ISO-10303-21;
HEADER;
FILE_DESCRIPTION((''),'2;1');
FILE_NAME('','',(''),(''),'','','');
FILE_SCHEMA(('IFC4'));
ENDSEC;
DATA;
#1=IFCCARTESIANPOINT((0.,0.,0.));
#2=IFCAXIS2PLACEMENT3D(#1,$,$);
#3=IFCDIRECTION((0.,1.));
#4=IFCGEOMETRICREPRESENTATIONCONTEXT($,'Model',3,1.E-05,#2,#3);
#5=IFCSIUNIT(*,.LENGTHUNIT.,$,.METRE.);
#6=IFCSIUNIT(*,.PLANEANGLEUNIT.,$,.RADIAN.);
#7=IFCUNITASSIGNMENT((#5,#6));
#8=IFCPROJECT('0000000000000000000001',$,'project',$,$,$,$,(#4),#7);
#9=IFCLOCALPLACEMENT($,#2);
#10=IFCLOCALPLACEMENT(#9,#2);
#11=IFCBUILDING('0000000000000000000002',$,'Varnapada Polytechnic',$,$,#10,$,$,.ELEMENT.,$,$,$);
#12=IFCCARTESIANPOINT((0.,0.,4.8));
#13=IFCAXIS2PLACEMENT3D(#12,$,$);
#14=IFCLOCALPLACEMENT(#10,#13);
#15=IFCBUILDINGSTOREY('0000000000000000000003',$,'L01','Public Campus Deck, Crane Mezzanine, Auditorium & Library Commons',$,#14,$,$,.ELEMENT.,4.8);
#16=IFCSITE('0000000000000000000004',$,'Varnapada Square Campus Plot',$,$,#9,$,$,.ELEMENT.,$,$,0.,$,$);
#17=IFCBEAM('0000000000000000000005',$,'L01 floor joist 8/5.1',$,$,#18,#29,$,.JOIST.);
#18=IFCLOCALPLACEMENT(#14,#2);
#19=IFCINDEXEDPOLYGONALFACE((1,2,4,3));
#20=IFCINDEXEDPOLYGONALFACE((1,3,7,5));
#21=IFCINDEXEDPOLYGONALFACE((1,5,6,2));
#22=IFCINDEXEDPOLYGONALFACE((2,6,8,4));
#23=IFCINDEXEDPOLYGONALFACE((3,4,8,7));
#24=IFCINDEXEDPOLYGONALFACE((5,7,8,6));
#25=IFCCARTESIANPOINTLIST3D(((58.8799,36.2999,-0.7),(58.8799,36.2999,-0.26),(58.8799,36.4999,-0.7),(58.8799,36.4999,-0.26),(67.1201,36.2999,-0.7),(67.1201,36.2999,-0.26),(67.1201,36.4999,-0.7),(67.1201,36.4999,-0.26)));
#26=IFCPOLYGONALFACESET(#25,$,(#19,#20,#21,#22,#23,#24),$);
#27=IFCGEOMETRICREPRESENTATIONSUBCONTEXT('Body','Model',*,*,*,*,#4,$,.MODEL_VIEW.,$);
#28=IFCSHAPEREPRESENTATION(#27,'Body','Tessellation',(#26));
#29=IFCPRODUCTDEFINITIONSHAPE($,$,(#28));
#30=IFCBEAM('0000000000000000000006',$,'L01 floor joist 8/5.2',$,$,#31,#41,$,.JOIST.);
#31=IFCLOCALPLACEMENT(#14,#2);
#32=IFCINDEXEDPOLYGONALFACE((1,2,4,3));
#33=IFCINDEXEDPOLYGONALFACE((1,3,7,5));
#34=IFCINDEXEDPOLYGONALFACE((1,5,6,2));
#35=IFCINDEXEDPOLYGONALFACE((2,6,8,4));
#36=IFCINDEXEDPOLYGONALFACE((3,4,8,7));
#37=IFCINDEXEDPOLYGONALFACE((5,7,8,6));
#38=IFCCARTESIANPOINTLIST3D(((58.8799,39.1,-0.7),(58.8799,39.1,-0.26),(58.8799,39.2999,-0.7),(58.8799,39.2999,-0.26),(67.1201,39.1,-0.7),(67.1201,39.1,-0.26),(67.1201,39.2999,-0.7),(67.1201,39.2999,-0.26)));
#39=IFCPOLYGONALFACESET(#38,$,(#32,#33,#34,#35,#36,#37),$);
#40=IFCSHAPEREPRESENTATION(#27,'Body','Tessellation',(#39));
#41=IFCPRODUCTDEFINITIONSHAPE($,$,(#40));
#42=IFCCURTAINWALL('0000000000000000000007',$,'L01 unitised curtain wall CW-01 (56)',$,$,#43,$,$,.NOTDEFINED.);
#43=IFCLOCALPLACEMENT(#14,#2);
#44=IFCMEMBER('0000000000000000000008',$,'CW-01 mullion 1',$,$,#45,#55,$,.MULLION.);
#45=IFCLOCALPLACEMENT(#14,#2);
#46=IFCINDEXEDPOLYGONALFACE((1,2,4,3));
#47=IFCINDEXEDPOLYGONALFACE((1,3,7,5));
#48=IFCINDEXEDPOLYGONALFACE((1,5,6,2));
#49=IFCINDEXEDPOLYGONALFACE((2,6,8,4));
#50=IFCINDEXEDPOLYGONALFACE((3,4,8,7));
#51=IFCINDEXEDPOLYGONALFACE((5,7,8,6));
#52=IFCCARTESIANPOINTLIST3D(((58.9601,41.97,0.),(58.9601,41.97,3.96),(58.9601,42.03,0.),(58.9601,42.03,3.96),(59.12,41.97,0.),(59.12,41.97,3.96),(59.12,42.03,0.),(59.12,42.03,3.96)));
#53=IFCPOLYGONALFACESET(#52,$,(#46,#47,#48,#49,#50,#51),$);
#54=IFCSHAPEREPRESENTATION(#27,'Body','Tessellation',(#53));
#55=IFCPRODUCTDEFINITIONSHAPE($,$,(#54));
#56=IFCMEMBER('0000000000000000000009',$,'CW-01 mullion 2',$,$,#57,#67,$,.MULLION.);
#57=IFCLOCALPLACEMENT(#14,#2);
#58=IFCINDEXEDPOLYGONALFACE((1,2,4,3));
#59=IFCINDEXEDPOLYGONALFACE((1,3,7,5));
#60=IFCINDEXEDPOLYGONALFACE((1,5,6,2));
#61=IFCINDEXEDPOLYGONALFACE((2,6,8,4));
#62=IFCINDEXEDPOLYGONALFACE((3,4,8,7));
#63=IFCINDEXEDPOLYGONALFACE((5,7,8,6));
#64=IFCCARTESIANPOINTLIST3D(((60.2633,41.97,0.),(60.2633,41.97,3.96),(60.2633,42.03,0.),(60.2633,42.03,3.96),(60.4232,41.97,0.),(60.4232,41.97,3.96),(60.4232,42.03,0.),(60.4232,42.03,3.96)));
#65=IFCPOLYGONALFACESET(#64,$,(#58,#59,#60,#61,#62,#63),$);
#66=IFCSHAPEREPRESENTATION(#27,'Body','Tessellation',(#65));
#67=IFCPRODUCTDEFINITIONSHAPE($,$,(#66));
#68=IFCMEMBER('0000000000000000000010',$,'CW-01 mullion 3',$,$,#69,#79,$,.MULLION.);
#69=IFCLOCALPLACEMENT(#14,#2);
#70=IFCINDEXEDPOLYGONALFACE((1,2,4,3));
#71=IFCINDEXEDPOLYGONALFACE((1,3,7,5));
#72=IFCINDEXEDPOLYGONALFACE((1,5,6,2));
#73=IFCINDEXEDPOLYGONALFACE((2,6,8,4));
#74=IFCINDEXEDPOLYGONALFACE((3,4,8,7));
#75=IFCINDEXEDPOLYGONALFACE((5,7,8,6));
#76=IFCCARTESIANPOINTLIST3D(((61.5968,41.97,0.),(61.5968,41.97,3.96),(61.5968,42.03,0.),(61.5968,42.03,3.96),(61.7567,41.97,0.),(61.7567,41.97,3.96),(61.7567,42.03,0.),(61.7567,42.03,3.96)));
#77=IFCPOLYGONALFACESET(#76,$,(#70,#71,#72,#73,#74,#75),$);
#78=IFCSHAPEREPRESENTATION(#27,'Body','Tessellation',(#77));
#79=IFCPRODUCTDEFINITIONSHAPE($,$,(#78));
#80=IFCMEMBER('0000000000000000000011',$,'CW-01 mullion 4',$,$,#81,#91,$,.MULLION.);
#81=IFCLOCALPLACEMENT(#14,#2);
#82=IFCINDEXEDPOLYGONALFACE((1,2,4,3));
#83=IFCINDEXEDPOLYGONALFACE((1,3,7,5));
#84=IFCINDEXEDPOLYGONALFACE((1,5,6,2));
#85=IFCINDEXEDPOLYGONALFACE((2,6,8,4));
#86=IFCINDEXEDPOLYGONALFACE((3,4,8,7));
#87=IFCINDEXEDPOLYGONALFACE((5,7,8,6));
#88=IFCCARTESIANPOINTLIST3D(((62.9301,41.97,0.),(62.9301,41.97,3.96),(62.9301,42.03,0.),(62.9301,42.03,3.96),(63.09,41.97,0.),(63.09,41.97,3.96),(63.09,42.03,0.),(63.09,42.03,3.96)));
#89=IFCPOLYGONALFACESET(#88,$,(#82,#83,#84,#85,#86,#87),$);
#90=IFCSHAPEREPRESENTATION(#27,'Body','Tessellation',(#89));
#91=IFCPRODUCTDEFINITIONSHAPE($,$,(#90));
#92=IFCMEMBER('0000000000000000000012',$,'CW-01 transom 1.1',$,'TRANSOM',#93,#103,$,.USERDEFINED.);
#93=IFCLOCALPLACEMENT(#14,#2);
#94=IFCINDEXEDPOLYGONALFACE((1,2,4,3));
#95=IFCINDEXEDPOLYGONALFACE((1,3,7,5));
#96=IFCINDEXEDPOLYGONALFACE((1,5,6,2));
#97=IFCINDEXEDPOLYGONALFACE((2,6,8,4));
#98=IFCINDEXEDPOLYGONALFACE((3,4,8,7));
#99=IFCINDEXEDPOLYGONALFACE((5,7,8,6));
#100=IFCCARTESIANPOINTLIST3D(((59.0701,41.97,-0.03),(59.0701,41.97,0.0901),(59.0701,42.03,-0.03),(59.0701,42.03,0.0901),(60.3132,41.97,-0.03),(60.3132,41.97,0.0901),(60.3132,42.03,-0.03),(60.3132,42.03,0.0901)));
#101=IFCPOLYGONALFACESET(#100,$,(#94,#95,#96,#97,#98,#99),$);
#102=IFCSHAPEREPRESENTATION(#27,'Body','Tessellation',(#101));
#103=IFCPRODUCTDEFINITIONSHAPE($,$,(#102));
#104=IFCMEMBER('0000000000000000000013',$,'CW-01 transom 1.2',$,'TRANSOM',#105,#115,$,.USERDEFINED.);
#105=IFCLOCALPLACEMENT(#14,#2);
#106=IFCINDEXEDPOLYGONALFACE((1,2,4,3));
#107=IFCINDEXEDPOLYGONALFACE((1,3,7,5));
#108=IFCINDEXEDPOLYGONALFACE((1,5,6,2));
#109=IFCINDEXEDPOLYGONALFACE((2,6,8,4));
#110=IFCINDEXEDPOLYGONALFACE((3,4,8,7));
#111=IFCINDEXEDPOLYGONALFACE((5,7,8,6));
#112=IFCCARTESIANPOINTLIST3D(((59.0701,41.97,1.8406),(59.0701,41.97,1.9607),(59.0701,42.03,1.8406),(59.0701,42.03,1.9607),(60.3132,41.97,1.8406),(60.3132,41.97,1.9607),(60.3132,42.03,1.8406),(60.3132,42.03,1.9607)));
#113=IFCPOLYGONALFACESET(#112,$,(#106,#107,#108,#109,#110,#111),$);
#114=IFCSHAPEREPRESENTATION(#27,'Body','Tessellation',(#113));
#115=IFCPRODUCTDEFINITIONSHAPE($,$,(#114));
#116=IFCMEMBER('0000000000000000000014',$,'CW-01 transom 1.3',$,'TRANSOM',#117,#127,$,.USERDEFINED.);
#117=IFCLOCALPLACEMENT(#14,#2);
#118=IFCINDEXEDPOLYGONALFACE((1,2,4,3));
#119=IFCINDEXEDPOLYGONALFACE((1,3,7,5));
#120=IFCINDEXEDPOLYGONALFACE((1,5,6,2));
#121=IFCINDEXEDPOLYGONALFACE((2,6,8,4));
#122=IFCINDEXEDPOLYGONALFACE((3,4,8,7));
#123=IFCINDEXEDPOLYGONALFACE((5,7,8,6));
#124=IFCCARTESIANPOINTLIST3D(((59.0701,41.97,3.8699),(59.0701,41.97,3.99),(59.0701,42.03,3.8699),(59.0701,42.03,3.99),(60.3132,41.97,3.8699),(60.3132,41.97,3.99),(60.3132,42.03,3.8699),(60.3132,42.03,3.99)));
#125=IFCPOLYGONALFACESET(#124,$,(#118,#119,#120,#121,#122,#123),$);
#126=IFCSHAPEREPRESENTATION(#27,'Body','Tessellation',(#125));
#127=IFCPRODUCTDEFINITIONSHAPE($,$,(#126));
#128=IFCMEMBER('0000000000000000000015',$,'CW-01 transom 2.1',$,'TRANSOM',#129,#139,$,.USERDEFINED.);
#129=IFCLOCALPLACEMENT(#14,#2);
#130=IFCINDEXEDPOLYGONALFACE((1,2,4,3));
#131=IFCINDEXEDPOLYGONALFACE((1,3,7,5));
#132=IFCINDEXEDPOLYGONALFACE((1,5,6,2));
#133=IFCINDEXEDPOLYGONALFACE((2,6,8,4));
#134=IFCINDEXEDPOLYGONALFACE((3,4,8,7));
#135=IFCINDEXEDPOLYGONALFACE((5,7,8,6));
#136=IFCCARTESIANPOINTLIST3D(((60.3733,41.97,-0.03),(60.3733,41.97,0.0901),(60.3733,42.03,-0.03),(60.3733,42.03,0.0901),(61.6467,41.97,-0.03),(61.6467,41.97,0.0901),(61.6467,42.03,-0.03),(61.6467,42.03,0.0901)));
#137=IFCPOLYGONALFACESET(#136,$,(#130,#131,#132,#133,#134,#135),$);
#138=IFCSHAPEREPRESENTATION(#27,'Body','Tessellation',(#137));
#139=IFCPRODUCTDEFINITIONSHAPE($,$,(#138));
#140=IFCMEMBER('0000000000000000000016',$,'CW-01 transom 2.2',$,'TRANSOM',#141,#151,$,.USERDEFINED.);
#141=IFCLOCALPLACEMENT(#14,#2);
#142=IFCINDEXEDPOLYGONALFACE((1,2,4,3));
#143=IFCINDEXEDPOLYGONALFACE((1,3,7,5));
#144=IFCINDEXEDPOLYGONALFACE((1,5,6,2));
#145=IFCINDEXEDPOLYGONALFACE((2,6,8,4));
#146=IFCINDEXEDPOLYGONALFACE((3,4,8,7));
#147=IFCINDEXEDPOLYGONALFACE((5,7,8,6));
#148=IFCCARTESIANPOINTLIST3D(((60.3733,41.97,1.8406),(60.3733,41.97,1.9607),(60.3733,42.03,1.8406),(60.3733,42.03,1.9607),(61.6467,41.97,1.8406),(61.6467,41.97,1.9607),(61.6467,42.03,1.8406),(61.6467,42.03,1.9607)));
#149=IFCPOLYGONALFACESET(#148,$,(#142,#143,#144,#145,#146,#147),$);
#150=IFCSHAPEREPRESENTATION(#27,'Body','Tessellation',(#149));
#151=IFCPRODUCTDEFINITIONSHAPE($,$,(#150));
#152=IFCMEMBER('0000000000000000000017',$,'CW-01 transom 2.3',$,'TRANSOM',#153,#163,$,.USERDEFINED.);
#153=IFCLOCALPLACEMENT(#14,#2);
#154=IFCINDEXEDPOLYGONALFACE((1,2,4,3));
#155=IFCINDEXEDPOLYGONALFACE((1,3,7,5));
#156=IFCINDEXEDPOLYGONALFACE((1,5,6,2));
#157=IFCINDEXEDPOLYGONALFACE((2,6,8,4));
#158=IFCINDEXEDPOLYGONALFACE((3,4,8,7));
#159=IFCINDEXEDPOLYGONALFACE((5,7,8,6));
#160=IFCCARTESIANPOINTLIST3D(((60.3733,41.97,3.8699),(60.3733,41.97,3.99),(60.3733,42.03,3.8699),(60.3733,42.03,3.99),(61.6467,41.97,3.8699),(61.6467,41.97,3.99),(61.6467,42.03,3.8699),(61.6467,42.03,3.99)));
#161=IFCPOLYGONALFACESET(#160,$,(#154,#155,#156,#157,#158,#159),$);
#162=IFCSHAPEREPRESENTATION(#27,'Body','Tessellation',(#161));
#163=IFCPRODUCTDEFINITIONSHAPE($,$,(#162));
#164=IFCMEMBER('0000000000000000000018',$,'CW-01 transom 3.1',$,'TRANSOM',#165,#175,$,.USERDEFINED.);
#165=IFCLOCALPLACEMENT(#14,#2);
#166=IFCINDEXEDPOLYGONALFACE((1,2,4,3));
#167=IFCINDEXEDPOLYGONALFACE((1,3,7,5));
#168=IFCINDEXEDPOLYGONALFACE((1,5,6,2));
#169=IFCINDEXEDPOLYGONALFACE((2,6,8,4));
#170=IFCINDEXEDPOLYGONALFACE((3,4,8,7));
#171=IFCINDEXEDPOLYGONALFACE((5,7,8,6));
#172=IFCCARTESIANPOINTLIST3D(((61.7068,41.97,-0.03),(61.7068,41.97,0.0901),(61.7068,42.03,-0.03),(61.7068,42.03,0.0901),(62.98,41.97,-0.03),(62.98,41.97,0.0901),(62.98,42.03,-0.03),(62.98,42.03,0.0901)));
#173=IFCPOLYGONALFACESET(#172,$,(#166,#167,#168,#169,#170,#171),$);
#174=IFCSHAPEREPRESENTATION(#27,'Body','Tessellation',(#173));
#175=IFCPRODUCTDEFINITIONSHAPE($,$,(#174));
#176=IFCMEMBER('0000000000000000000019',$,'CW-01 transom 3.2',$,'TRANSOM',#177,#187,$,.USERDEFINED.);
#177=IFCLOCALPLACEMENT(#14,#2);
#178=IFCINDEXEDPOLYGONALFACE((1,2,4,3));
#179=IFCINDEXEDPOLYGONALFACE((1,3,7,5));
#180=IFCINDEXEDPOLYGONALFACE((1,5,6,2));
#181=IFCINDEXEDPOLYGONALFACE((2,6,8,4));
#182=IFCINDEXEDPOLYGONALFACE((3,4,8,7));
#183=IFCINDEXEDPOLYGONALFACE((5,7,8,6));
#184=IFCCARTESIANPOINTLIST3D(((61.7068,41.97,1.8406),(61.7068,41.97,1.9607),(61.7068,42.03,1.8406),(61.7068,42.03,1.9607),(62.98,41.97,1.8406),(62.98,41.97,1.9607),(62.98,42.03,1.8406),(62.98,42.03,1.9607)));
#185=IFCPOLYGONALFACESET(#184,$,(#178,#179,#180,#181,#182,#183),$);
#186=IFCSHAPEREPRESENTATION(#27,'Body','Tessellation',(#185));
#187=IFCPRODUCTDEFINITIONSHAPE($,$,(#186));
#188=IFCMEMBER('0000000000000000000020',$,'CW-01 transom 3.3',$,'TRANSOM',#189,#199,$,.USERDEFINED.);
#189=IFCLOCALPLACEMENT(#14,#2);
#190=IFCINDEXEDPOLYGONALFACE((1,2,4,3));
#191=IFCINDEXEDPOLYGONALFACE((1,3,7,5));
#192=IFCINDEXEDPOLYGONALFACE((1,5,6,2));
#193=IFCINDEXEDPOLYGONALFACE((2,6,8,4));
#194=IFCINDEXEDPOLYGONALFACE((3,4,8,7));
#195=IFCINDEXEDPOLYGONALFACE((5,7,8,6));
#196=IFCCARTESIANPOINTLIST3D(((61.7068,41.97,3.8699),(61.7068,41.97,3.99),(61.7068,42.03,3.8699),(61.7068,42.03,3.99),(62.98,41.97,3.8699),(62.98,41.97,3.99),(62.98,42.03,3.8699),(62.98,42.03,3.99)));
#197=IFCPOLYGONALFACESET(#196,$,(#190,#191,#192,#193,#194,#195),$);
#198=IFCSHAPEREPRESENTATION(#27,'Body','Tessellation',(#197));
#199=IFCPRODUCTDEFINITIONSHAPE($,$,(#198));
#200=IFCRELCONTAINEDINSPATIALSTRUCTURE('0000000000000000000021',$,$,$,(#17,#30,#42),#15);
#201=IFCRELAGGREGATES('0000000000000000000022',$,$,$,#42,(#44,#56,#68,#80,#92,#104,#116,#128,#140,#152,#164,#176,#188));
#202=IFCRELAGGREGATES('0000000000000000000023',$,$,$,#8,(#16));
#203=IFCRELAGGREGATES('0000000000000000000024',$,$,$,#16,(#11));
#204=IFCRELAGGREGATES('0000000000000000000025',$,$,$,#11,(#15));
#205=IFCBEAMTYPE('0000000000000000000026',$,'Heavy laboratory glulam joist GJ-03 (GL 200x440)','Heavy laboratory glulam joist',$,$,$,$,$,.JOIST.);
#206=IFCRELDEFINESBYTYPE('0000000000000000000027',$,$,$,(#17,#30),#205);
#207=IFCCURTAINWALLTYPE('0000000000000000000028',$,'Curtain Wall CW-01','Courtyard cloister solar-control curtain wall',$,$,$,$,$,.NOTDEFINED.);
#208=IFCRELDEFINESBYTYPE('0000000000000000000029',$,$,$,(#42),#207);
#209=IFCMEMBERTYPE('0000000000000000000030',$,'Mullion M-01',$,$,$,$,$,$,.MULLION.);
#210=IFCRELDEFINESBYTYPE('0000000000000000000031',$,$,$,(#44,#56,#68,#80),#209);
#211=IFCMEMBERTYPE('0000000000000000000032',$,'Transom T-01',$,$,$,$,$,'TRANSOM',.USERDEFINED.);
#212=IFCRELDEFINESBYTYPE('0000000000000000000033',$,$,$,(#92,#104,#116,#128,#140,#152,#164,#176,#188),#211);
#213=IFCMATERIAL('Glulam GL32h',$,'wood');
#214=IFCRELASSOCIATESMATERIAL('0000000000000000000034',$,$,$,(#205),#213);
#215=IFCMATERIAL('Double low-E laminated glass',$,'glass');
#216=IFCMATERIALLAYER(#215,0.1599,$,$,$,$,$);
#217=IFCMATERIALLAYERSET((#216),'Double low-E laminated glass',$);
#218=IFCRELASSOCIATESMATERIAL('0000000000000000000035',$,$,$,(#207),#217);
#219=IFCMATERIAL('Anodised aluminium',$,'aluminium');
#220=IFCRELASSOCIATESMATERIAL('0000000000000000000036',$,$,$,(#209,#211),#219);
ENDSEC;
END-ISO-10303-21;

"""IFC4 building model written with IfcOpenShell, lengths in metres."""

from ifc_helpers import new_model, si_unit, direction, frame, origin, origin_2d, place, context, subcontext, project, spatial, rectangle, extrude, material, layer, layer_set, material_profile, profile_set, type_object, element, aggregate, save


model = new_model("IFC4")

# Units and contexts
model_context = context("Model", 3, precision=1e-05, world=origin(), true_north=direction((0.0, 1.0)))
body_context = subcontext(model_context, "Body", "Model", "MODEL_VIEW")
ifc_project = project(units=[si_unit("LENGTHUNIT", "METRE"), si_unit("PLANEANGLEUNIT", "RADIAN")], contexts=[model_context])

# Site, building, storey
site_placement = place(None, origin())
site = spatial("IfcSite", under=ifc_project, at=site_placement, Name="Varnapada Square Campus Plot", CompositionType="ELEMENT", RefElevation=0.0)
building_placement = place(site_placement, origin())
building = spatial("IfcBuilding", under=site, at=building_placement, Name="Varnapada Polytechnic", CompositionType="ELEMENT")
storey_placement = place(building_placement, frame((0.0, 0.0, 4.8)))
storey = spatial("IfcBuildingStorey", under=building, at=storey_placement, Name="L01", Description="Public Campus Deck, Crane Mezzanine, Auditorium & Library Commons", CompositionType="ELEMENT", Elevation=4.8)

# Beams
ifc_material_1 = material(Name="Glulam GL32h", Category="wood")
ifc_material_profile_1 = material_profile(ifc_material_1, rectangle(XDim=0.2, YDim=0.4399, at=origin_2d()), Name="GL 200x440")
ifc_profile_set_1 = profile_set([ifc_material_profile_1], Name="Glulam GL32h")
beam_type = type_object("IfcBeamType", Name="Heavy laboratory glulam joist GJ-03 (GL 200x440)", Description="Heavy laboratory glulam joist", PredefinedType="JOIST", material=ifc_profile_set_1)
for number, where, z_axis, x_axis, name in (
    (1, (58.8799, 36.3999, -0.48), (1.0, 0.0, 0.0), (0.0, 1.0, 0.0), "L01 floor joist 8/5.1"),
    (2, (58.8799, 39.2, -0.48), (1.0, 0.0, 0.0), (0.0, 1.0, 0.0), "L01 floor joist 8/5.2"),
):
    element("IfcBeam", number, at=place(storey_placement, frame(where, z_axis=z_axis, x_axis=x_axis)), inside=storey, type_object=beam_type, Name=name, PredefinedType="JOIST", context=body_context, shape_type="SweptSolid", body=[
        extrude(rectangle(XDim=0.2, YDim=0.4399, at=origin_2d()), origin(), (0.0, 0.0, 1.0), 8.2402),
    ])

# Curtain wall, members
ifc_material_2 = material(Name="Double low-E laminated glass", Category="glass")
ifc_layer_1 = layer(ifc_material_2, 0.1599)
ifc_layer_set_1 = layer_set([ifc_layer_1], Name="Double low-E laminated glass")
curtain_wall_type = type_object("IfcCurtainWallType", Name="Curtain Wall CW-01", Description="Courtyard cloister solar-control curtain wall", PredefinedType="NOTDEFINED", material=ifc_layer_set_1)
curtain_wall_placement = place(storey_placement, origin())
curtain_wall = element("IfcCurtainWall", 3, at=curtain_wall_placement, inside=storey, type_object=curtain_wall_type, Name="L01 unitised curtain wall CW-01 (56)", PredefinedType="NOTDEFINED")
ifc_material_3 = material(Name="Anodised aluminium", Category="aluminium")
ifc_material_profile_2 = material_profile(ifc_material_3, rectangle(XDim=0.0601, YDim=0.1599, at=origin_2d()), Name="ALU M60x160")
ifc_profile_set_2 = profile_set([ifc_material_profile_2], Name="Anodised aluminium")
member_type_1 = type_object("IfcMemberType", Name="Mullion M-01", PredefinedType="MULLION", material=ifc_profile_set_2)
member_1_placement = place(storey_placement, frame((59.04, 42.0, 0.0), z_axis=(0.0, 0.0, 1.0), x_axis=(0.0, 1.0, 0.0)))
member_1 = element("IfcMember", 4, at=member_1_placement, type_object=member_type_1, Name="CW-01 mullion 1", PredefinedType="MULLION", context=body_context, shape_type="SweptSolid", body=[
    extrude(rectangle(XDim=0.0601, YDim=0.1599, at=origin_2d()), origin(), (0.0, 0.0, 1.0), 3.96),
])
member_2_placement = place(storey_placement, frame((60.3433, 42.0, 0.0), z_axis=(0.0, 0.0, 1.0), x_axis=(0.0, 1.0, 0.0)))
member_2 = element("IfcMember", 5, at=member_2_placement, type_object=member_type_1, Name="CW-01 mullion 2", PredefinedType="MULLION", context=body_context, shape_type="SweptSolid", body=[
    extrude(rectangle(XDim=0.0601, YDim=0.1599, at=origin_2d()), origin(), (0.0, 0.0, 1.0), 3.96),
])
member_3_placement = place(storey_placement, frame((61.6768, 42.0, 0.0), z_axis=(0.0, 0.0, 1.0), x_axis=(0.0, 1.0, 0.0)))
member_3 = element("IfcMember", 6, at=member_3_placement, type_object=member_type_1, Name="CW-01 mullion 3", PredefinedType="MULLION", context=body_context, shape_type="SweptSolid", body=[
    extrude(rectangle(XDim=0.0601, YDim=0.1599, at=origin_2d()), origin(), (0.0, 0.0, 1.0), 3.96),
])
member_4_placement = place(storey_placement, frame((63.01, 42.0, 0.0), z_axis=(0.0, 0.0, 1.0), x_axis=(0.0, 1.0, 0.0)))
member_4 = element("IfcMember", 7, at=member_4_placement, type_object=member_type_1, Name="CW-01 mullion 4", PredefinedType="MULLION", context=body_context, shape_type="SweptSolid", body=[
    extrude(rectangle(XDim=0.0601, YDim=0.1599, at=origin_2d()), origin(), (0.0, 0.0, 1.0), 3.96),
])
ifc_material_profile_3 = material_profile(ifc_material_3, rectangle(XDim=0.0601, YDim=0.1201, at=origin_2d()), Name="ALU T60x120")
ifc_profile_set_3 = profile_set([ifc_material_profile_3], Name="Anodised aluminium")
member_type_2 = type_object("IfcMemberType", Name="Transom T-01", ElementType="TRANSOM", PredefinedType="USERDEFINED", material=ifc_profile_set_3)
member_5_placement = place(storey_placement, frame((59.0701, 42.0, 0.03), z_axis=(1.0, 0.0, 0.0), x_axis=(0.0, 1.0, 0.0)))
member_5 = element("IfcMember", 8, at=member_5_placement, type_object=member_type_2, Name="CW-01 transom 1.1", ObjectType="TRANSOM", PredefinedType="USERDEFINED", context=body_context, shape_type="SweptSolid", body=[
    extrude(rectangle(XDim=0.0601, YDim=0.1201, at=origin_2d()), origin(), (0.0, 0.0, 1.0), 1.2432),
])
member_6_placement = place(storey_placement, frame((59.0701, 42.0, 1.9006), z_axis=(1.0, 0.0, 0.0), x_axis=(0.0, 1.0, 0.0)))
member_6 = element("IfcMember", 9, at=member_6_placement, type_object=member_type_2, Name="CW-01 transom 1.2", ObjectType="TRANSOM", PredefinedType="USERDEFINED", context=body_context, shape_type="SweptSolid", body=[
    extrude(rectangle(XDim=0.0601, YDim=0.1201, at=origin_2d()), origin(), (0.0, 0.0, 1.0), 1.2432),
])
member_7_placement = place(storey_placement, frame((59.0701, 42.0, 3.9299), z_axis=(1.0, 0.0, 0.0), x_axis=(0.0, 1.0, 0.0)))
member_7 = element("IfcMember", 10, at=member_7_placement, type_object=member_type_2, Name="CW-01 transom 1.3", ObjectType="TRANSOM", PredefinedType="USERDEFINED", context=body_context, shape_type="SweptSolid", body=[
    extrude(rectangle(XDim=0.0601, YDim=0.1201, at=origin_2d()), origin(), (0.0, 0.0, 1.0), 1.2432),
])
member_8_placement = place(storey_placement, frame((60.3733, 42.0, 0.03), z_axis=(1.0, 0.0, 0.0), x_axis=(0.0, 1.0, 0.0)))
member_8 = element("IfcMember", 11, at=member_8_placement, type_object=member_type_2, Name="CW-01 transom 2.1", ObjectType="TRANSOM", PredefinedType="USERDEFINED", context=body_context, shape_type="SweptSolid", body=[
    extrude(rectangle(XDim=0.0601, YDim=0.1201, at=origin_2d()), origin(), (0.0, 0.0, 1.0), 1.2734),
])
member_9_placement = place(storey_placement, frame((60.3733, 42.0, 1.9006), z_axis=(1.0, 0.0, 0.0), x_axis=(0.0, 1.0, 0.0)))
member_9 = element("IfcMember", 12, at=member_9_placement, type_object=member_type_2, Name="CW-01 transom 2.2", ObjectType="TRANSOM", PredefinedType="USERDEFINED", context=body_context, shape_type="SweptSolid", body=[
    extrude(rectangle(XDim=0.0601, YDim=0.1201, at=origin_2d()), origin(), (0.0, 0.0, 1.0), 1.2734),
])
member_10_placement = place(storey_placement, frame((60.3733, 42.0, 3.9299), z_axis=(1.0, 0.0, 0.0), x_axis=(0.0, 1.0, 0.0)))
member_10 = element("IfcMember", 13, at=member_10_placement, type_object=member_type_2, Name="CW-01 transom 2.3", ObjectType="TRANSOM", PredefinedType="USERDEFINED", context=body_context, shape_type="SweptSolid", body=[
    extrude(rectangle(XDim=0.0601, YDim=0.1201, at=origin_2d()), origin(), (0.0, 0.0, 1.0), 1.2734),
])
member_11_placement = place(storey_placement, frame((61.7068, 42.0, 0.03), z_axis=(1.0, 0.0, 0.0), x_axis=(0.0, 1.0, 0.0)))
member_11 = element("IfcMember", 14, at=member_11_placement, type_object=member_type_2, Name="CW-01 transom 3.1", ObjectType="TRANSOM", PredefinedType="USERDEFINED", context=body_context, shape_type="SweptSolid", body=[
    extrude(rectangle(XDim=0.0601, YDim=0.1201, at=origin_2d()), origin(), (0.0, 0.0, 1.0), 1.2732),
])
member_12_placement = place(storey_placement, frame((61.7068, 42.0, 1.9006), z_axis=(1.0, 0.0, 0.0), x_axis=(0.0, 1.0, 0.0)))
member_12 = element("IfcMember", 15, at=member_12_placement, type_object=member_type_2, Name="CW-01 transom 3.2", ObjectType="TRANSOM", PredefinedType="USERDEFINED", context=body_context, shape_type="SweptSolid", body=[
    extrude(rectangle(XDim=0.0601, YDim=0.1201, at=origin_2d()), origin(), (0.0, 0.0, 1.0), 1.2732),
])
member_13_placement = place(storey_placement, frame((61.7068, 42.0, 3.9299), z_axis=(1.0, 0.0, 0.0), x_axis=(0.0, 1.0, 0.0)))
member_13 = element("IfcMember", 16, at=member_13_placement, type_object=member_type_2, Name="CW-01 transom 3.3", ObjectType="TRANSOM", PredefinedType="USERDEFINED", context=body_context, shape_type="SweptSolid", body=[
    extrude(rectangle(XDim=0.0601, YDim=0.1201, at=origin_2d()), origin(), (0.0, 0.0, 1.0), 1.2732),
])
aggregate(curtain_wall, [member_1, member_2, member_3, member_4, member_5, member_6, member_7, member_8, member_9, member_10, member_11, member_12, member_13])

save(model, "model.ifc")
